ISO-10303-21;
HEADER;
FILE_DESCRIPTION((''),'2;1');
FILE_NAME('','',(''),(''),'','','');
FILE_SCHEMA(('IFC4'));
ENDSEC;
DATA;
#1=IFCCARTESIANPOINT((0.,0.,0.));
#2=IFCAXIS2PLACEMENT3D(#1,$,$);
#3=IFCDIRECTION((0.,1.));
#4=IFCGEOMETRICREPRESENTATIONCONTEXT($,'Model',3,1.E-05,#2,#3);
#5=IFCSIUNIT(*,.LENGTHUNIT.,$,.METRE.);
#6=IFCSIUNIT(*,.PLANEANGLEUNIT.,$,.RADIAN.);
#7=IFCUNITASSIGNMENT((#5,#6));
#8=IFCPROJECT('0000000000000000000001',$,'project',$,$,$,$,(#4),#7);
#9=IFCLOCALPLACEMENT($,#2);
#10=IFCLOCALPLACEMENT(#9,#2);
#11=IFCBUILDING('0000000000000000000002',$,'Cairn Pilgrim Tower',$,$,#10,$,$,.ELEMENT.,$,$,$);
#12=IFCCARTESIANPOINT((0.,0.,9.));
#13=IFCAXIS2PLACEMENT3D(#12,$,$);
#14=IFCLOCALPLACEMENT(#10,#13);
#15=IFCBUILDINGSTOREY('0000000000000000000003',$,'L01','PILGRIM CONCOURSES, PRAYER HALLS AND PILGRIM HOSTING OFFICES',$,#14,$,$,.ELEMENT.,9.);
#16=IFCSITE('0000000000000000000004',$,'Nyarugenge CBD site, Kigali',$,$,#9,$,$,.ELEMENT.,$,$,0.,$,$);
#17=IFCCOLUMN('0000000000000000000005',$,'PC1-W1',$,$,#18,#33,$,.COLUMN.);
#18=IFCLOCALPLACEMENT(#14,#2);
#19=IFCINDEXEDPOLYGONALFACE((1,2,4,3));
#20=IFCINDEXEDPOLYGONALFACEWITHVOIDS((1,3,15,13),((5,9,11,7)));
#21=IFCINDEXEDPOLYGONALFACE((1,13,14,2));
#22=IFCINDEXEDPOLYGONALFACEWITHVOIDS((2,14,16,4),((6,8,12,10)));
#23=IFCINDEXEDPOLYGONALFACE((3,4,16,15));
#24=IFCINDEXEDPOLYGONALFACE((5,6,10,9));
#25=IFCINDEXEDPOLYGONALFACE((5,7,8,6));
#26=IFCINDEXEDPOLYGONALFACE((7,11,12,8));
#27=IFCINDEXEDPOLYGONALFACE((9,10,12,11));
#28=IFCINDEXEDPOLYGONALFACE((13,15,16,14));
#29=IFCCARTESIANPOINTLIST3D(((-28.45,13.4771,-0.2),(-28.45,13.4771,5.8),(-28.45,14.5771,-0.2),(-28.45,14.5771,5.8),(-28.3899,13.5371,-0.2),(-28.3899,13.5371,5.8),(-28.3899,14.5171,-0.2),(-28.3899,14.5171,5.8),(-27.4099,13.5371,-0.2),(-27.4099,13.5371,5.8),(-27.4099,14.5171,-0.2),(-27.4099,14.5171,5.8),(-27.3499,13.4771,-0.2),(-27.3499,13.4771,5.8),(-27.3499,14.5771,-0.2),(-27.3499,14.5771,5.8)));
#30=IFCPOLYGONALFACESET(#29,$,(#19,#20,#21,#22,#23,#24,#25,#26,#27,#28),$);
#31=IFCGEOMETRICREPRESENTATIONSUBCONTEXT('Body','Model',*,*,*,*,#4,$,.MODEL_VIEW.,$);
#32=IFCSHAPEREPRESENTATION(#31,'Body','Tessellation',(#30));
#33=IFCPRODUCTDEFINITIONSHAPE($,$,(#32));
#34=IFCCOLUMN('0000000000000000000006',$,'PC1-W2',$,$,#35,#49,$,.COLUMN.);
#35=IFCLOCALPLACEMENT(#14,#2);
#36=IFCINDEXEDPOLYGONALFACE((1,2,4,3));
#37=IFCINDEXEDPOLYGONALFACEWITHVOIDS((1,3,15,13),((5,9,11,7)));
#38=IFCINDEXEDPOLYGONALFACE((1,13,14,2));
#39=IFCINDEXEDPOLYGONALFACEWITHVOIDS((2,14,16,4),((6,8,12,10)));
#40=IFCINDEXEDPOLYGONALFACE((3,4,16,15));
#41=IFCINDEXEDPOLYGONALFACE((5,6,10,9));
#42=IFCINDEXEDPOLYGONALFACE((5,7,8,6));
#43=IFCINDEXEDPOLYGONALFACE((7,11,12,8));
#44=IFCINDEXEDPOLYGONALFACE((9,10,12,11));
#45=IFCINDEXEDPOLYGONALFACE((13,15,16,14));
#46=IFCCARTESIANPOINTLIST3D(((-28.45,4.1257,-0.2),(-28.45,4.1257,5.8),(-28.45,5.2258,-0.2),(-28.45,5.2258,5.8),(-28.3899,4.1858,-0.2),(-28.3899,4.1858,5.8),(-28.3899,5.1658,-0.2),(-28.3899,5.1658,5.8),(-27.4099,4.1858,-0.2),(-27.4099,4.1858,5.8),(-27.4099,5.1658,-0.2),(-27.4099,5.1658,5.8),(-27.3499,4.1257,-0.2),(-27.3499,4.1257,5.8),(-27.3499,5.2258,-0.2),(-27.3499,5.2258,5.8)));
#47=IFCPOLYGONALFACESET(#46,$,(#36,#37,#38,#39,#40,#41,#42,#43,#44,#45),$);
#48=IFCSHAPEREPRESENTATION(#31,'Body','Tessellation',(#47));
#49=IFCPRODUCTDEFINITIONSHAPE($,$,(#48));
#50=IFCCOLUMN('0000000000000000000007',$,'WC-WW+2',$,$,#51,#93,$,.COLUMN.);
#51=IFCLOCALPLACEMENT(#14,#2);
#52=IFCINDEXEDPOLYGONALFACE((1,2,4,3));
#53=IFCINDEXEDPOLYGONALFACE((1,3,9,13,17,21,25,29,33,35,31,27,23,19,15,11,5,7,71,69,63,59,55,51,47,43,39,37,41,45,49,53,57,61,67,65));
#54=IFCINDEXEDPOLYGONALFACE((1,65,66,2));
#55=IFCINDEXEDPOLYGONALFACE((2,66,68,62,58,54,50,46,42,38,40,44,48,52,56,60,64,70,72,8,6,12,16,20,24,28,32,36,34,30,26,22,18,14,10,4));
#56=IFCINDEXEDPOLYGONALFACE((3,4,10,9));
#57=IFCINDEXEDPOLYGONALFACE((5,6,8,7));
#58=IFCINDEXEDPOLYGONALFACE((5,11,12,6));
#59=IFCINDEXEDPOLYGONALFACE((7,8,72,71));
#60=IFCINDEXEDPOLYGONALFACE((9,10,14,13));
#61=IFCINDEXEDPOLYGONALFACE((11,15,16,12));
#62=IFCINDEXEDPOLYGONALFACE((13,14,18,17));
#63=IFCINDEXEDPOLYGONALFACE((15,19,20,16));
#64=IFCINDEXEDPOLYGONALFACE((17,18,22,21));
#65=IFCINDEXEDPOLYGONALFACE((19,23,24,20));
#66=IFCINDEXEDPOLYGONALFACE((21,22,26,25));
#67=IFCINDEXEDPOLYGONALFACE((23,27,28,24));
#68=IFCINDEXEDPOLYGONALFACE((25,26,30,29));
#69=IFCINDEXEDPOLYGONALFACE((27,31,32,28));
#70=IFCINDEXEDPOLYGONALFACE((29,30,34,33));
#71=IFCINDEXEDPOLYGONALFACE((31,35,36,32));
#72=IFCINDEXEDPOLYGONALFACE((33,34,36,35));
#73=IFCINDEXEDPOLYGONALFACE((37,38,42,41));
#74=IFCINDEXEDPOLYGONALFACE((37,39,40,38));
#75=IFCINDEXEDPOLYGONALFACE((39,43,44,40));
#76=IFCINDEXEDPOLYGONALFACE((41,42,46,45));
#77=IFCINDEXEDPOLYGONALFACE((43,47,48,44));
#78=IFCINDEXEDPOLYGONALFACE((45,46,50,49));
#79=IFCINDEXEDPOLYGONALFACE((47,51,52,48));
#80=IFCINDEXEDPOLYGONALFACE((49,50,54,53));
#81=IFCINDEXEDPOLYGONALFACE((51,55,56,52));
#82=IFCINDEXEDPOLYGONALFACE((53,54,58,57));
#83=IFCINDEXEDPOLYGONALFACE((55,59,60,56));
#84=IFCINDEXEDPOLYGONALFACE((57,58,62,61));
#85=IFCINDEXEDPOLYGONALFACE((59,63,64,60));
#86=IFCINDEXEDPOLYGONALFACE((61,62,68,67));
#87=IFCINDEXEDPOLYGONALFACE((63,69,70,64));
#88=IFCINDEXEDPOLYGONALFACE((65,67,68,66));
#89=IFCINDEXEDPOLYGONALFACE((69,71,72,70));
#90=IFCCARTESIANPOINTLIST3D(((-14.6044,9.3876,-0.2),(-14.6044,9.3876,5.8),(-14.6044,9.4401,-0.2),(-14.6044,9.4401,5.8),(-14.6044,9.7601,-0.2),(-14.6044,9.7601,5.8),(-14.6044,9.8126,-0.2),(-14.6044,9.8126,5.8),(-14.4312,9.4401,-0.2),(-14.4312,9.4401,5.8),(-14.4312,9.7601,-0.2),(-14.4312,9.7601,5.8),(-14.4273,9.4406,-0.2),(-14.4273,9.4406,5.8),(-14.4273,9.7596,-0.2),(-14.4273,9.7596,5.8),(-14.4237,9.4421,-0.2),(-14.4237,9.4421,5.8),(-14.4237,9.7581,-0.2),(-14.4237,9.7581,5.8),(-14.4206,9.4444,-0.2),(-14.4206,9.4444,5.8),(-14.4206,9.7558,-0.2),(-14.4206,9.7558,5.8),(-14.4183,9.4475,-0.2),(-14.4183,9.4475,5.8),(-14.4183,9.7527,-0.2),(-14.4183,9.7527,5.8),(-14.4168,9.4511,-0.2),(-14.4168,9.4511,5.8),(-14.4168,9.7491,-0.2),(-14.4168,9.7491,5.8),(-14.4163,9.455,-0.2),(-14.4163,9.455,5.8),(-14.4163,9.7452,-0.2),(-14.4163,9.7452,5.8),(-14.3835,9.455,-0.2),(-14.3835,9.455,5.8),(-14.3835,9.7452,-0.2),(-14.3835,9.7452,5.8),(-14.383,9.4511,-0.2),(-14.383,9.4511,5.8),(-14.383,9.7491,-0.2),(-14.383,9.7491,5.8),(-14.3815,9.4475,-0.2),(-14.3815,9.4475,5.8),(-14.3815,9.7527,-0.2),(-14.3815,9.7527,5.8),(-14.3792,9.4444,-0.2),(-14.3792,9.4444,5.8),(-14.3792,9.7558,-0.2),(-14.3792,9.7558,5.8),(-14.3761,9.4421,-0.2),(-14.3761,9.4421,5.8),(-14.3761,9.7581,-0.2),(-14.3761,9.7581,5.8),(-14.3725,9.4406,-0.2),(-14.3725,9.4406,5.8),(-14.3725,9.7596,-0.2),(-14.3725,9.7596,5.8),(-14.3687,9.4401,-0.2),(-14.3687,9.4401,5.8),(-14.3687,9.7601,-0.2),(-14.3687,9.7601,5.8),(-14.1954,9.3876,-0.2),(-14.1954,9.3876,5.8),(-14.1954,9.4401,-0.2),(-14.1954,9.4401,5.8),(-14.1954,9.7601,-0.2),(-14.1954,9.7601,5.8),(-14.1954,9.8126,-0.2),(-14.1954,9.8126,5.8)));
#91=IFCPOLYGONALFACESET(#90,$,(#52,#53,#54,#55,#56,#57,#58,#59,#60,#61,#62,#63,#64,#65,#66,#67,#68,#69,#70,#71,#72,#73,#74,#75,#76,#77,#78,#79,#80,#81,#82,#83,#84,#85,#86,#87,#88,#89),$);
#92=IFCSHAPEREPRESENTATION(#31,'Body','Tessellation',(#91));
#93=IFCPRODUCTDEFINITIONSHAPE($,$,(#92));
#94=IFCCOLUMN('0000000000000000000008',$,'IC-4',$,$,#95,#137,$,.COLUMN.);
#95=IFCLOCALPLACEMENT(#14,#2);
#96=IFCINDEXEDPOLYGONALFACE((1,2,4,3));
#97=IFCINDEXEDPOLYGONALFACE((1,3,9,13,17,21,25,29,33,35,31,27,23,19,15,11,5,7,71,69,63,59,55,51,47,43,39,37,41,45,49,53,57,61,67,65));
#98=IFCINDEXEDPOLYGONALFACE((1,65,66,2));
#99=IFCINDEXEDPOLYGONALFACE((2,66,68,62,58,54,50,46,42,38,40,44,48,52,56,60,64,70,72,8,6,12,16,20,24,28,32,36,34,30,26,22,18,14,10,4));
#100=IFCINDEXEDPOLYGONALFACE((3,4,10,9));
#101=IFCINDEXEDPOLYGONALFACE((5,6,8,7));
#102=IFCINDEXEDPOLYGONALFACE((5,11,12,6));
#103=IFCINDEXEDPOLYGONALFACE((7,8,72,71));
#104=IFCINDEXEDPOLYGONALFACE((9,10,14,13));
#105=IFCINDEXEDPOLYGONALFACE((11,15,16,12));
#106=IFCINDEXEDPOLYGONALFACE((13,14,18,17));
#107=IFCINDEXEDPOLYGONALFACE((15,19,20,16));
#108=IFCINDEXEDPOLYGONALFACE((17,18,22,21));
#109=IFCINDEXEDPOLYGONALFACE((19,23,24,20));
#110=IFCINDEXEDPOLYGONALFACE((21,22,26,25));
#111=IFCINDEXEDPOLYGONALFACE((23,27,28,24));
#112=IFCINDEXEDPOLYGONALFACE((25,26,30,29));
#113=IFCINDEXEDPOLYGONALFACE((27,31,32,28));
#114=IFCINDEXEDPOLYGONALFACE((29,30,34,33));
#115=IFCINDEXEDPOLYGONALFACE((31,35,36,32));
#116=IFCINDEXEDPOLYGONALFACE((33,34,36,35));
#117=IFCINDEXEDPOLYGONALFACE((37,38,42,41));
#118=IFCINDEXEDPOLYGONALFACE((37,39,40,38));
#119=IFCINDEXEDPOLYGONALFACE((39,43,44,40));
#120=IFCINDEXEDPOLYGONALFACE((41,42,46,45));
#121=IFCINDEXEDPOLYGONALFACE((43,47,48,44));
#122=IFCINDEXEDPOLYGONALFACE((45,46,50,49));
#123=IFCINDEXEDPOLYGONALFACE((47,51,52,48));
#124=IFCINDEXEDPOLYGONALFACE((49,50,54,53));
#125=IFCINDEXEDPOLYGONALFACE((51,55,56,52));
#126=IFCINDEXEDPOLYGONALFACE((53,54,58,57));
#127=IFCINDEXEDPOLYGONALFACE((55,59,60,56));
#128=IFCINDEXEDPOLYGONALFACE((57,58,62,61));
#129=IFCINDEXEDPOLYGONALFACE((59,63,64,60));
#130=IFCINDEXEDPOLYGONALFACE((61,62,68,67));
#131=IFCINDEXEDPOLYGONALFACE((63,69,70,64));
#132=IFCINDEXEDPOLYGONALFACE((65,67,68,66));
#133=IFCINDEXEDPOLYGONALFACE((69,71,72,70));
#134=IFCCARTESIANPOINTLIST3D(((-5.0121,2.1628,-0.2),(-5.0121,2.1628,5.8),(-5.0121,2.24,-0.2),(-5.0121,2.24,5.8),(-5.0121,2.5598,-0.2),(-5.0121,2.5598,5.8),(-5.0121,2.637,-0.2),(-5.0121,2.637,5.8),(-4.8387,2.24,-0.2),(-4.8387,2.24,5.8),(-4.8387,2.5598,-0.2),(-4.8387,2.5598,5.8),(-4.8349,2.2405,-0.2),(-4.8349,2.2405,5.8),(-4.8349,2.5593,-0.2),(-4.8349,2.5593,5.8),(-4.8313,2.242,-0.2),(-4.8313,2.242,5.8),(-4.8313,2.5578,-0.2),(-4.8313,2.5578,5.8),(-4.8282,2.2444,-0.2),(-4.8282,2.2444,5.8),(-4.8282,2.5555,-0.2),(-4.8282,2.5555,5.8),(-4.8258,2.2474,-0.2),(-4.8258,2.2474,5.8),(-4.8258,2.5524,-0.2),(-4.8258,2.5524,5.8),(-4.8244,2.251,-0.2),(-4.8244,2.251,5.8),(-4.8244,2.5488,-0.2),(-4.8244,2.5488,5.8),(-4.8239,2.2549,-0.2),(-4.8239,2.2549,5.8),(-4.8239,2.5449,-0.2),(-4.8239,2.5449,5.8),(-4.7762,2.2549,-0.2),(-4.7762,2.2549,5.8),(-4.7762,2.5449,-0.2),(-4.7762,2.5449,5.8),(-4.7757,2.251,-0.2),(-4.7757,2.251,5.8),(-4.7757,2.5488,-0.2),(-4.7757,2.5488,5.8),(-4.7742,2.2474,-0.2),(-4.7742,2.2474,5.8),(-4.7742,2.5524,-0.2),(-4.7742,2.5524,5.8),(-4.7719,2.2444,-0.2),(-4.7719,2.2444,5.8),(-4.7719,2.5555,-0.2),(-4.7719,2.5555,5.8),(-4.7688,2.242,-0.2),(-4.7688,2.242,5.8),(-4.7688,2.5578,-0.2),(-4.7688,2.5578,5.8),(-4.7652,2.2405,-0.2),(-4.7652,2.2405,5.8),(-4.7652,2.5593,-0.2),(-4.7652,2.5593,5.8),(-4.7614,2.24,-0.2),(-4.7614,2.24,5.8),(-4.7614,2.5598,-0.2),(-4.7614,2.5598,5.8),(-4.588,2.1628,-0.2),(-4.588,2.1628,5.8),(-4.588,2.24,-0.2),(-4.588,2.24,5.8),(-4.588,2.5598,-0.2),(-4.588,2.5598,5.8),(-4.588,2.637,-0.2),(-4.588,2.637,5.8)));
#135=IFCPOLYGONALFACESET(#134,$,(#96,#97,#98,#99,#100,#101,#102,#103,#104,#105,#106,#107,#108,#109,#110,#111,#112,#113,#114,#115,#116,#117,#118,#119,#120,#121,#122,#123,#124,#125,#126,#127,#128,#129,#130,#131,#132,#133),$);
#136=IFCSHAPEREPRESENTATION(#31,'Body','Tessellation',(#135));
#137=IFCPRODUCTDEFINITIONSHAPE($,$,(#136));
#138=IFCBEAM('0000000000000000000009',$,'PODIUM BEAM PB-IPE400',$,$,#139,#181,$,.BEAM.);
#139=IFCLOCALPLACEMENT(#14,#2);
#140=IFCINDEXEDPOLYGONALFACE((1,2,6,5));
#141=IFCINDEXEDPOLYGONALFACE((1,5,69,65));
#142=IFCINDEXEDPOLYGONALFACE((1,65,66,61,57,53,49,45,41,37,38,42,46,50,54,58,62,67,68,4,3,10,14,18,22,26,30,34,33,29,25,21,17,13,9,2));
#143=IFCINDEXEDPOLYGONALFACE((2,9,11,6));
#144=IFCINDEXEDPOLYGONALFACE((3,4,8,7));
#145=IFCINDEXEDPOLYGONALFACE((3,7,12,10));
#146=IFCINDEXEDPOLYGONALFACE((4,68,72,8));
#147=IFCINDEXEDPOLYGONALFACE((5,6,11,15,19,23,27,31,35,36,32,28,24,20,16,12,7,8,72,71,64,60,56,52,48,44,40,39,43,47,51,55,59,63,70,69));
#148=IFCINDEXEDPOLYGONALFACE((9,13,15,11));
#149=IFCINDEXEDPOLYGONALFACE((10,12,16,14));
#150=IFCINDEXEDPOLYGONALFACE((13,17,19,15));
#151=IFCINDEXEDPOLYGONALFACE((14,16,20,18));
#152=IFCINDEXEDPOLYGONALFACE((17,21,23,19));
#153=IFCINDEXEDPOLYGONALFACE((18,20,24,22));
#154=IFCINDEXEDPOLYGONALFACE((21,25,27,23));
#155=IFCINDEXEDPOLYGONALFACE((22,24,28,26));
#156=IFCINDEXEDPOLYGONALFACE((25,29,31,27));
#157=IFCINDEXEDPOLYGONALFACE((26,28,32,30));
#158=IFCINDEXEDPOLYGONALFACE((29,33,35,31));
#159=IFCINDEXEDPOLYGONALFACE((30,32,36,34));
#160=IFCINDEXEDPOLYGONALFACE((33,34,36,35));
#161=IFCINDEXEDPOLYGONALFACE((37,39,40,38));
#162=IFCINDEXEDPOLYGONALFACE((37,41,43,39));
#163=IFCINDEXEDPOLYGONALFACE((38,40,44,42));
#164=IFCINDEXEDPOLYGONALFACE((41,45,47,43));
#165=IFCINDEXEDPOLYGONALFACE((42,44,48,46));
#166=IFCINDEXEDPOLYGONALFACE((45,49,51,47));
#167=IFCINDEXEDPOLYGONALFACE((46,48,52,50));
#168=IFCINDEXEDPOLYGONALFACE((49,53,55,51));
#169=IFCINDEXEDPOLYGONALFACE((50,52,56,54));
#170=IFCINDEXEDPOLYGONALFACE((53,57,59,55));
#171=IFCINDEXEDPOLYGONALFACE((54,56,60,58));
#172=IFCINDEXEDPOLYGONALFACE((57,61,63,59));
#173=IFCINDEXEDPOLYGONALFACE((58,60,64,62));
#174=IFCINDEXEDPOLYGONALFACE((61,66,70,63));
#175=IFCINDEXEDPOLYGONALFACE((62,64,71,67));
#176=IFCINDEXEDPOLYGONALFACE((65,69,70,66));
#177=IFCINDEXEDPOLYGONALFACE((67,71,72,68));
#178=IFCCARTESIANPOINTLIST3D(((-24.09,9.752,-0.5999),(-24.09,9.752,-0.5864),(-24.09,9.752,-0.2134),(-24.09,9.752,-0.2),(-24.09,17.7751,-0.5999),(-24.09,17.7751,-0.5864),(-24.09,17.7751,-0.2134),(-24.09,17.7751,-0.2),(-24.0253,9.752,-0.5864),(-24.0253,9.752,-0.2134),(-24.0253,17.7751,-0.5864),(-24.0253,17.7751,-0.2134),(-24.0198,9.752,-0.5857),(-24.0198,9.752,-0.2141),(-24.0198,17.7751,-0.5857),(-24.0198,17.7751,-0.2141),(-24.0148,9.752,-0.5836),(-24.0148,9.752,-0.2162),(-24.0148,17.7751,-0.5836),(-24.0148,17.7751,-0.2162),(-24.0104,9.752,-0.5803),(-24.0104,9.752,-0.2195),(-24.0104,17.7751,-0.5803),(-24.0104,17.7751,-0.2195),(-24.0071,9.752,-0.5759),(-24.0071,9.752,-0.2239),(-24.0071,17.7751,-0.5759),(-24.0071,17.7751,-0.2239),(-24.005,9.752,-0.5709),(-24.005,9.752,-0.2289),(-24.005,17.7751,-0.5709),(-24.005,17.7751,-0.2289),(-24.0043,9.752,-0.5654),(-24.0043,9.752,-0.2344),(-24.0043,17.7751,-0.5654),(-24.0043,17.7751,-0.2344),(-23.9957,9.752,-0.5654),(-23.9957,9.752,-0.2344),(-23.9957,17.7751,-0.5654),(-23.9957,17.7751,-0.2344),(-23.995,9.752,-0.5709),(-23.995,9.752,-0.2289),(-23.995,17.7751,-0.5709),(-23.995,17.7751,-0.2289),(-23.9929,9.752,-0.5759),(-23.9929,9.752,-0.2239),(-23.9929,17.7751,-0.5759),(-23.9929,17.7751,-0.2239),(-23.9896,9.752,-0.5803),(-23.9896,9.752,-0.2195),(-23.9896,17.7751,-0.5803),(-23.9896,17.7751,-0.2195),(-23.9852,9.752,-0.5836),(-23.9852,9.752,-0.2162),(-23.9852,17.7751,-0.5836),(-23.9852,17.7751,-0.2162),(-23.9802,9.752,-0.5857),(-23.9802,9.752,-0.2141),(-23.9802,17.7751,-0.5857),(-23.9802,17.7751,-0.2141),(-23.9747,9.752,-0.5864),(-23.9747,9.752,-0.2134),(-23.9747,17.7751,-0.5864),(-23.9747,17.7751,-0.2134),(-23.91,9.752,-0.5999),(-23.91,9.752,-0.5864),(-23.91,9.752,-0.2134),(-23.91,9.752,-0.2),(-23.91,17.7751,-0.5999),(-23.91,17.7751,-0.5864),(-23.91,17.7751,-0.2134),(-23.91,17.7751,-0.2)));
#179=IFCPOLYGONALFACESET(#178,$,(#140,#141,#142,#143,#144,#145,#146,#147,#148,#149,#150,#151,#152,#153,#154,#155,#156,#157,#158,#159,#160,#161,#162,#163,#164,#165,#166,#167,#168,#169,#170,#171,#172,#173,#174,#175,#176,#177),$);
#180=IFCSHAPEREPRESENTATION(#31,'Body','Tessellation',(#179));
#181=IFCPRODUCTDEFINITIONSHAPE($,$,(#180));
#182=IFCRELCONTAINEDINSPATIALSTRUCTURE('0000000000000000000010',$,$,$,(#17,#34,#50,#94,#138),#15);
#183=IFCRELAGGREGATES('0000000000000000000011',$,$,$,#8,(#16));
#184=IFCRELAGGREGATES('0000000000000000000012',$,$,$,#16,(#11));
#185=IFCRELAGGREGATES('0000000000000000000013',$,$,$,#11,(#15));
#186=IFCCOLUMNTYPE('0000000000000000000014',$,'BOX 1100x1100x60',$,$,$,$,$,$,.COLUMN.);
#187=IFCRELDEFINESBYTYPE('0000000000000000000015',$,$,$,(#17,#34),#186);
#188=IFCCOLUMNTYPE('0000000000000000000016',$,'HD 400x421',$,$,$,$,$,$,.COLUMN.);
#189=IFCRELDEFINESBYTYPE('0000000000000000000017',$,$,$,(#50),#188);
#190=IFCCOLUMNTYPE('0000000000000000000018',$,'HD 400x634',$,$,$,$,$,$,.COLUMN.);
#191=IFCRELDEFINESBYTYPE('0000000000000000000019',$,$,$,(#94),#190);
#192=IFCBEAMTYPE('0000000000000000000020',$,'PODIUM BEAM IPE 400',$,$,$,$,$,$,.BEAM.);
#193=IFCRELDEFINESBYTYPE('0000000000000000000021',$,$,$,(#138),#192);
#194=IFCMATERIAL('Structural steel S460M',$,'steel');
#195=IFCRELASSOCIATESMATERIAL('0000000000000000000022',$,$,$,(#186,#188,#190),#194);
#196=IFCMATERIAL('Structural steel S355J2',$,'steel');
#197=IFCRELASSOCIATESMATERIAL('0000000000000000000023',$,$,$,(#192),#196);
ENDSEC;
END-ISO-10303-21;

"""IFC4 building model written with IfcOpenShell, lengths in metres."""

from ifc_helpers import new_model, si_unit, direction, frame, origin, origin_2d, place, context, subcontext, project, spatial, hollow_rectangle, i_section, extrude, material, material_profile, profile_set, type_object, element, save


model = new_model("IFC4")

# Units and contexts
model_context = context("Model", 3, precision=1e-05, world=origin(), true_north=direction((0.0, 1.0)))
body_context = subcontext(model_context, "Body", "Model", "MODEL_VIEW")
ifc_project = project(units=[si_unit("LENGTHUNIT", "METRE"), si_unit("PLANEANGLEUNIT", "RADIAN")], contexts=[model_context])

# Site, building, storey
site_placement = place(None, origin())
site = spatial("IfcSite", under=ifc_project, at=site_placement, Name="Nyarugenge CBD site, Kigali", CompositionType="ELEMENT", RefElevation=0.0)
building_placement = place(site_placement, origin())
building = spatial("IfcBuilding", under=site, at=building_placement, Name="Cairn Pilgrim Tower", CompositionType="ELEMENT")
storey_placement = place(building_placement, frame((0.0, 0.0, 9.0)))
storey = spatial("IfcBuildingStorey", under=building, at=storey_placement, Name="L01", Description="PILGRIM CONCOURSES, PRAYER HALLS AND PILGRIM HOSTING OFFICES", CompositionType="ELEMENT", Elevation=9.0)

# Columns
ifc_material_1 = material(Name="Structural steel S460M", Category="steel")
ifc_material_profile_1 = material_profile(ifc_material_1, hollow_rectangle(XDim=1.1001, YDim=1.1001, WallThickness=0.0601, at=origin_2d()), Name="BOX 1100x1100x60")
ifc_profile_set_1 = profile_set([ifc_material_profile_1], Name="Structural steel S460M")
column_type_1 = type_object("IfcColumnType", Name="BOX 1100x1100x60", PredefinedType="COLUMN", material=ifc_profile_set_1)
for number, where, z_axis, x_axis, name in (
    (1, (-27.8999, 14.0271, -0.2), (0.0, 0.0, 1.0), (1.0, 0.0, 0.0), "PC1-W1"),
    (2, (-27.8999, 4.6758, -0.2), (0.0, 0.0, 1.0), (1.0, 0.0, 0.0), "PC1-W2"),
):
    element("IfcColumn", number, at=place(storey_placement, frame(where, z_axis=z_axis, x_axis=x_axis)), inside=storey, type_object=column_type_1, Name=name, PredefinedType="COLUMN", context=body_context, shape_type="SweptSolid", body=[
        extrude(hollow_rectangle(XDim=1.1001, YDim=1.1001, WallThickness=0.0601, at=origin_2d()), origin(), (0.0, 0.0, 1.0), 6.0),
    ])
ifc_material_profile_2 = material_profile(ifc_material_1, i_section(OverallWidth=0.4089, OverallDepth=0.425, WebThickness=0.0327, FlangeThickness=0.0525, FilletRadius=0.0149, at=origin_2d()), Name="HD 400x421")
ifc_profile_set_2 = profile_set([ifc_material_profile_2], Name="Structural steel S460M")
column_type_2 = type_object("IfcColumnType", Name="HD 400x421", PredefinedType="COLUMN", material=ifc_profile_set_2)
column_1_placement = place(storey_placement, frame((-14.3999, 9.6001, -0.2), z_axis=(0.0, 0.0, 1.0), x_axis=(1.0, 0.0, 0.0)))
element("IfcColumn", 3, at=column_1_placement, inside=storey, type_object=column_type_2, Name="WC-WW+2", PredefinedType="COLUMN", context=body_context, shape_type="SweptSolid", body=[
    extrude(i_section(OverallWidth=0.4089, OverallDepth=0.425, WebThickness=0.0327, FlangeThickness=0.0525, FilletRadius=0.0149, at=origin_2d()), origin(), (0.0, 0.0, 1.0), 6.0),
])
ifc_material_profile_3 = material_profile(ifc_material_1, i_section(OverallWidth=0.4241, OverallDepth=0.4741, WebThickness=0.0476, FlangeThickness=0.0771, FilletRadius=0.0149, at=origin_2d()), Name="HD 400x634")
ifc_profile_set_3 = profile_set([ifc_material_profile_3], Name="Structural steel S460M")
column_type_3 = type_object("IfcColumnType", Name="HD 400x634", PredefinedType="COLUMN", material=ifc_profile_set_3)
column_2_placement = place(storey_placement, frame((-4.8, 2.3999, -0.2), z_axis=(0.0, 0.0, 1.0), x_axis=(1.0, 0.0, 0.0)))
element("IfcColumn", 4, at=column_2_placement, inside=storey, type_object=column_type_3, Name="IC-4", PredefinedType="COLUMN", context=body_context, shape_type="SweptSolid", body=[
    extrude(i_section(OverallWidth=0.4241, OverallDepth=0.4741, WebThickness=0.0476, FlangeThickness=0.0771, FilletRadius=0.0149, at=origin_2d()), origin(), (0.0, 0.0, 1.0), 6.0),
])

# Beam
ifc_material_2 = material(Name="Structural steel S355J2", Category="steel")
ifc_material_profile_4 = material_profile(ifc_material_2, i_section(OverallWidth=0.1799, OverallDepth=0.3999, WebThickness=0.0085, FlangeThickness=0.0134, FilletRadius=0.021, at=origin_2d()), Name="IPE 400")
ifc_profile_set_4 = profile_set([ifc_material_profile_4], Name="Structural steel S355J2")
beam_type_1 = type_object("IfcBeamType", Name="PODIUM BEAM IPE 400", PredefinedType="BEAM", material=ifc_profile_set_4)
beam_1_placement = place(storey_placement, frame((-24.0, 9.752, -0.3999), z_axis=(0.0, 1.0, 0.0), x_axis=(-1.0, 0.0, 0.0)))
element("IfcBeam", 5, at=beam_1_placement, inside=storey, type_object=beam_type_1, Name="PODIUM BEAM PB-IPE400", PredefinedType="BEAM", context=body_context, shape_type="SweptSolid", body=[
    extrude(i_section(OverallWidth=0.1799, OverallDepth=0.3999, WebThickness=0.0085, FlangeThickness=0.0134, FilletRadius=0.021, at=origin_2d()), origin(), (0.0, 0.0, 1.0), 8.0232),
])

save(model, "model.ifc")
